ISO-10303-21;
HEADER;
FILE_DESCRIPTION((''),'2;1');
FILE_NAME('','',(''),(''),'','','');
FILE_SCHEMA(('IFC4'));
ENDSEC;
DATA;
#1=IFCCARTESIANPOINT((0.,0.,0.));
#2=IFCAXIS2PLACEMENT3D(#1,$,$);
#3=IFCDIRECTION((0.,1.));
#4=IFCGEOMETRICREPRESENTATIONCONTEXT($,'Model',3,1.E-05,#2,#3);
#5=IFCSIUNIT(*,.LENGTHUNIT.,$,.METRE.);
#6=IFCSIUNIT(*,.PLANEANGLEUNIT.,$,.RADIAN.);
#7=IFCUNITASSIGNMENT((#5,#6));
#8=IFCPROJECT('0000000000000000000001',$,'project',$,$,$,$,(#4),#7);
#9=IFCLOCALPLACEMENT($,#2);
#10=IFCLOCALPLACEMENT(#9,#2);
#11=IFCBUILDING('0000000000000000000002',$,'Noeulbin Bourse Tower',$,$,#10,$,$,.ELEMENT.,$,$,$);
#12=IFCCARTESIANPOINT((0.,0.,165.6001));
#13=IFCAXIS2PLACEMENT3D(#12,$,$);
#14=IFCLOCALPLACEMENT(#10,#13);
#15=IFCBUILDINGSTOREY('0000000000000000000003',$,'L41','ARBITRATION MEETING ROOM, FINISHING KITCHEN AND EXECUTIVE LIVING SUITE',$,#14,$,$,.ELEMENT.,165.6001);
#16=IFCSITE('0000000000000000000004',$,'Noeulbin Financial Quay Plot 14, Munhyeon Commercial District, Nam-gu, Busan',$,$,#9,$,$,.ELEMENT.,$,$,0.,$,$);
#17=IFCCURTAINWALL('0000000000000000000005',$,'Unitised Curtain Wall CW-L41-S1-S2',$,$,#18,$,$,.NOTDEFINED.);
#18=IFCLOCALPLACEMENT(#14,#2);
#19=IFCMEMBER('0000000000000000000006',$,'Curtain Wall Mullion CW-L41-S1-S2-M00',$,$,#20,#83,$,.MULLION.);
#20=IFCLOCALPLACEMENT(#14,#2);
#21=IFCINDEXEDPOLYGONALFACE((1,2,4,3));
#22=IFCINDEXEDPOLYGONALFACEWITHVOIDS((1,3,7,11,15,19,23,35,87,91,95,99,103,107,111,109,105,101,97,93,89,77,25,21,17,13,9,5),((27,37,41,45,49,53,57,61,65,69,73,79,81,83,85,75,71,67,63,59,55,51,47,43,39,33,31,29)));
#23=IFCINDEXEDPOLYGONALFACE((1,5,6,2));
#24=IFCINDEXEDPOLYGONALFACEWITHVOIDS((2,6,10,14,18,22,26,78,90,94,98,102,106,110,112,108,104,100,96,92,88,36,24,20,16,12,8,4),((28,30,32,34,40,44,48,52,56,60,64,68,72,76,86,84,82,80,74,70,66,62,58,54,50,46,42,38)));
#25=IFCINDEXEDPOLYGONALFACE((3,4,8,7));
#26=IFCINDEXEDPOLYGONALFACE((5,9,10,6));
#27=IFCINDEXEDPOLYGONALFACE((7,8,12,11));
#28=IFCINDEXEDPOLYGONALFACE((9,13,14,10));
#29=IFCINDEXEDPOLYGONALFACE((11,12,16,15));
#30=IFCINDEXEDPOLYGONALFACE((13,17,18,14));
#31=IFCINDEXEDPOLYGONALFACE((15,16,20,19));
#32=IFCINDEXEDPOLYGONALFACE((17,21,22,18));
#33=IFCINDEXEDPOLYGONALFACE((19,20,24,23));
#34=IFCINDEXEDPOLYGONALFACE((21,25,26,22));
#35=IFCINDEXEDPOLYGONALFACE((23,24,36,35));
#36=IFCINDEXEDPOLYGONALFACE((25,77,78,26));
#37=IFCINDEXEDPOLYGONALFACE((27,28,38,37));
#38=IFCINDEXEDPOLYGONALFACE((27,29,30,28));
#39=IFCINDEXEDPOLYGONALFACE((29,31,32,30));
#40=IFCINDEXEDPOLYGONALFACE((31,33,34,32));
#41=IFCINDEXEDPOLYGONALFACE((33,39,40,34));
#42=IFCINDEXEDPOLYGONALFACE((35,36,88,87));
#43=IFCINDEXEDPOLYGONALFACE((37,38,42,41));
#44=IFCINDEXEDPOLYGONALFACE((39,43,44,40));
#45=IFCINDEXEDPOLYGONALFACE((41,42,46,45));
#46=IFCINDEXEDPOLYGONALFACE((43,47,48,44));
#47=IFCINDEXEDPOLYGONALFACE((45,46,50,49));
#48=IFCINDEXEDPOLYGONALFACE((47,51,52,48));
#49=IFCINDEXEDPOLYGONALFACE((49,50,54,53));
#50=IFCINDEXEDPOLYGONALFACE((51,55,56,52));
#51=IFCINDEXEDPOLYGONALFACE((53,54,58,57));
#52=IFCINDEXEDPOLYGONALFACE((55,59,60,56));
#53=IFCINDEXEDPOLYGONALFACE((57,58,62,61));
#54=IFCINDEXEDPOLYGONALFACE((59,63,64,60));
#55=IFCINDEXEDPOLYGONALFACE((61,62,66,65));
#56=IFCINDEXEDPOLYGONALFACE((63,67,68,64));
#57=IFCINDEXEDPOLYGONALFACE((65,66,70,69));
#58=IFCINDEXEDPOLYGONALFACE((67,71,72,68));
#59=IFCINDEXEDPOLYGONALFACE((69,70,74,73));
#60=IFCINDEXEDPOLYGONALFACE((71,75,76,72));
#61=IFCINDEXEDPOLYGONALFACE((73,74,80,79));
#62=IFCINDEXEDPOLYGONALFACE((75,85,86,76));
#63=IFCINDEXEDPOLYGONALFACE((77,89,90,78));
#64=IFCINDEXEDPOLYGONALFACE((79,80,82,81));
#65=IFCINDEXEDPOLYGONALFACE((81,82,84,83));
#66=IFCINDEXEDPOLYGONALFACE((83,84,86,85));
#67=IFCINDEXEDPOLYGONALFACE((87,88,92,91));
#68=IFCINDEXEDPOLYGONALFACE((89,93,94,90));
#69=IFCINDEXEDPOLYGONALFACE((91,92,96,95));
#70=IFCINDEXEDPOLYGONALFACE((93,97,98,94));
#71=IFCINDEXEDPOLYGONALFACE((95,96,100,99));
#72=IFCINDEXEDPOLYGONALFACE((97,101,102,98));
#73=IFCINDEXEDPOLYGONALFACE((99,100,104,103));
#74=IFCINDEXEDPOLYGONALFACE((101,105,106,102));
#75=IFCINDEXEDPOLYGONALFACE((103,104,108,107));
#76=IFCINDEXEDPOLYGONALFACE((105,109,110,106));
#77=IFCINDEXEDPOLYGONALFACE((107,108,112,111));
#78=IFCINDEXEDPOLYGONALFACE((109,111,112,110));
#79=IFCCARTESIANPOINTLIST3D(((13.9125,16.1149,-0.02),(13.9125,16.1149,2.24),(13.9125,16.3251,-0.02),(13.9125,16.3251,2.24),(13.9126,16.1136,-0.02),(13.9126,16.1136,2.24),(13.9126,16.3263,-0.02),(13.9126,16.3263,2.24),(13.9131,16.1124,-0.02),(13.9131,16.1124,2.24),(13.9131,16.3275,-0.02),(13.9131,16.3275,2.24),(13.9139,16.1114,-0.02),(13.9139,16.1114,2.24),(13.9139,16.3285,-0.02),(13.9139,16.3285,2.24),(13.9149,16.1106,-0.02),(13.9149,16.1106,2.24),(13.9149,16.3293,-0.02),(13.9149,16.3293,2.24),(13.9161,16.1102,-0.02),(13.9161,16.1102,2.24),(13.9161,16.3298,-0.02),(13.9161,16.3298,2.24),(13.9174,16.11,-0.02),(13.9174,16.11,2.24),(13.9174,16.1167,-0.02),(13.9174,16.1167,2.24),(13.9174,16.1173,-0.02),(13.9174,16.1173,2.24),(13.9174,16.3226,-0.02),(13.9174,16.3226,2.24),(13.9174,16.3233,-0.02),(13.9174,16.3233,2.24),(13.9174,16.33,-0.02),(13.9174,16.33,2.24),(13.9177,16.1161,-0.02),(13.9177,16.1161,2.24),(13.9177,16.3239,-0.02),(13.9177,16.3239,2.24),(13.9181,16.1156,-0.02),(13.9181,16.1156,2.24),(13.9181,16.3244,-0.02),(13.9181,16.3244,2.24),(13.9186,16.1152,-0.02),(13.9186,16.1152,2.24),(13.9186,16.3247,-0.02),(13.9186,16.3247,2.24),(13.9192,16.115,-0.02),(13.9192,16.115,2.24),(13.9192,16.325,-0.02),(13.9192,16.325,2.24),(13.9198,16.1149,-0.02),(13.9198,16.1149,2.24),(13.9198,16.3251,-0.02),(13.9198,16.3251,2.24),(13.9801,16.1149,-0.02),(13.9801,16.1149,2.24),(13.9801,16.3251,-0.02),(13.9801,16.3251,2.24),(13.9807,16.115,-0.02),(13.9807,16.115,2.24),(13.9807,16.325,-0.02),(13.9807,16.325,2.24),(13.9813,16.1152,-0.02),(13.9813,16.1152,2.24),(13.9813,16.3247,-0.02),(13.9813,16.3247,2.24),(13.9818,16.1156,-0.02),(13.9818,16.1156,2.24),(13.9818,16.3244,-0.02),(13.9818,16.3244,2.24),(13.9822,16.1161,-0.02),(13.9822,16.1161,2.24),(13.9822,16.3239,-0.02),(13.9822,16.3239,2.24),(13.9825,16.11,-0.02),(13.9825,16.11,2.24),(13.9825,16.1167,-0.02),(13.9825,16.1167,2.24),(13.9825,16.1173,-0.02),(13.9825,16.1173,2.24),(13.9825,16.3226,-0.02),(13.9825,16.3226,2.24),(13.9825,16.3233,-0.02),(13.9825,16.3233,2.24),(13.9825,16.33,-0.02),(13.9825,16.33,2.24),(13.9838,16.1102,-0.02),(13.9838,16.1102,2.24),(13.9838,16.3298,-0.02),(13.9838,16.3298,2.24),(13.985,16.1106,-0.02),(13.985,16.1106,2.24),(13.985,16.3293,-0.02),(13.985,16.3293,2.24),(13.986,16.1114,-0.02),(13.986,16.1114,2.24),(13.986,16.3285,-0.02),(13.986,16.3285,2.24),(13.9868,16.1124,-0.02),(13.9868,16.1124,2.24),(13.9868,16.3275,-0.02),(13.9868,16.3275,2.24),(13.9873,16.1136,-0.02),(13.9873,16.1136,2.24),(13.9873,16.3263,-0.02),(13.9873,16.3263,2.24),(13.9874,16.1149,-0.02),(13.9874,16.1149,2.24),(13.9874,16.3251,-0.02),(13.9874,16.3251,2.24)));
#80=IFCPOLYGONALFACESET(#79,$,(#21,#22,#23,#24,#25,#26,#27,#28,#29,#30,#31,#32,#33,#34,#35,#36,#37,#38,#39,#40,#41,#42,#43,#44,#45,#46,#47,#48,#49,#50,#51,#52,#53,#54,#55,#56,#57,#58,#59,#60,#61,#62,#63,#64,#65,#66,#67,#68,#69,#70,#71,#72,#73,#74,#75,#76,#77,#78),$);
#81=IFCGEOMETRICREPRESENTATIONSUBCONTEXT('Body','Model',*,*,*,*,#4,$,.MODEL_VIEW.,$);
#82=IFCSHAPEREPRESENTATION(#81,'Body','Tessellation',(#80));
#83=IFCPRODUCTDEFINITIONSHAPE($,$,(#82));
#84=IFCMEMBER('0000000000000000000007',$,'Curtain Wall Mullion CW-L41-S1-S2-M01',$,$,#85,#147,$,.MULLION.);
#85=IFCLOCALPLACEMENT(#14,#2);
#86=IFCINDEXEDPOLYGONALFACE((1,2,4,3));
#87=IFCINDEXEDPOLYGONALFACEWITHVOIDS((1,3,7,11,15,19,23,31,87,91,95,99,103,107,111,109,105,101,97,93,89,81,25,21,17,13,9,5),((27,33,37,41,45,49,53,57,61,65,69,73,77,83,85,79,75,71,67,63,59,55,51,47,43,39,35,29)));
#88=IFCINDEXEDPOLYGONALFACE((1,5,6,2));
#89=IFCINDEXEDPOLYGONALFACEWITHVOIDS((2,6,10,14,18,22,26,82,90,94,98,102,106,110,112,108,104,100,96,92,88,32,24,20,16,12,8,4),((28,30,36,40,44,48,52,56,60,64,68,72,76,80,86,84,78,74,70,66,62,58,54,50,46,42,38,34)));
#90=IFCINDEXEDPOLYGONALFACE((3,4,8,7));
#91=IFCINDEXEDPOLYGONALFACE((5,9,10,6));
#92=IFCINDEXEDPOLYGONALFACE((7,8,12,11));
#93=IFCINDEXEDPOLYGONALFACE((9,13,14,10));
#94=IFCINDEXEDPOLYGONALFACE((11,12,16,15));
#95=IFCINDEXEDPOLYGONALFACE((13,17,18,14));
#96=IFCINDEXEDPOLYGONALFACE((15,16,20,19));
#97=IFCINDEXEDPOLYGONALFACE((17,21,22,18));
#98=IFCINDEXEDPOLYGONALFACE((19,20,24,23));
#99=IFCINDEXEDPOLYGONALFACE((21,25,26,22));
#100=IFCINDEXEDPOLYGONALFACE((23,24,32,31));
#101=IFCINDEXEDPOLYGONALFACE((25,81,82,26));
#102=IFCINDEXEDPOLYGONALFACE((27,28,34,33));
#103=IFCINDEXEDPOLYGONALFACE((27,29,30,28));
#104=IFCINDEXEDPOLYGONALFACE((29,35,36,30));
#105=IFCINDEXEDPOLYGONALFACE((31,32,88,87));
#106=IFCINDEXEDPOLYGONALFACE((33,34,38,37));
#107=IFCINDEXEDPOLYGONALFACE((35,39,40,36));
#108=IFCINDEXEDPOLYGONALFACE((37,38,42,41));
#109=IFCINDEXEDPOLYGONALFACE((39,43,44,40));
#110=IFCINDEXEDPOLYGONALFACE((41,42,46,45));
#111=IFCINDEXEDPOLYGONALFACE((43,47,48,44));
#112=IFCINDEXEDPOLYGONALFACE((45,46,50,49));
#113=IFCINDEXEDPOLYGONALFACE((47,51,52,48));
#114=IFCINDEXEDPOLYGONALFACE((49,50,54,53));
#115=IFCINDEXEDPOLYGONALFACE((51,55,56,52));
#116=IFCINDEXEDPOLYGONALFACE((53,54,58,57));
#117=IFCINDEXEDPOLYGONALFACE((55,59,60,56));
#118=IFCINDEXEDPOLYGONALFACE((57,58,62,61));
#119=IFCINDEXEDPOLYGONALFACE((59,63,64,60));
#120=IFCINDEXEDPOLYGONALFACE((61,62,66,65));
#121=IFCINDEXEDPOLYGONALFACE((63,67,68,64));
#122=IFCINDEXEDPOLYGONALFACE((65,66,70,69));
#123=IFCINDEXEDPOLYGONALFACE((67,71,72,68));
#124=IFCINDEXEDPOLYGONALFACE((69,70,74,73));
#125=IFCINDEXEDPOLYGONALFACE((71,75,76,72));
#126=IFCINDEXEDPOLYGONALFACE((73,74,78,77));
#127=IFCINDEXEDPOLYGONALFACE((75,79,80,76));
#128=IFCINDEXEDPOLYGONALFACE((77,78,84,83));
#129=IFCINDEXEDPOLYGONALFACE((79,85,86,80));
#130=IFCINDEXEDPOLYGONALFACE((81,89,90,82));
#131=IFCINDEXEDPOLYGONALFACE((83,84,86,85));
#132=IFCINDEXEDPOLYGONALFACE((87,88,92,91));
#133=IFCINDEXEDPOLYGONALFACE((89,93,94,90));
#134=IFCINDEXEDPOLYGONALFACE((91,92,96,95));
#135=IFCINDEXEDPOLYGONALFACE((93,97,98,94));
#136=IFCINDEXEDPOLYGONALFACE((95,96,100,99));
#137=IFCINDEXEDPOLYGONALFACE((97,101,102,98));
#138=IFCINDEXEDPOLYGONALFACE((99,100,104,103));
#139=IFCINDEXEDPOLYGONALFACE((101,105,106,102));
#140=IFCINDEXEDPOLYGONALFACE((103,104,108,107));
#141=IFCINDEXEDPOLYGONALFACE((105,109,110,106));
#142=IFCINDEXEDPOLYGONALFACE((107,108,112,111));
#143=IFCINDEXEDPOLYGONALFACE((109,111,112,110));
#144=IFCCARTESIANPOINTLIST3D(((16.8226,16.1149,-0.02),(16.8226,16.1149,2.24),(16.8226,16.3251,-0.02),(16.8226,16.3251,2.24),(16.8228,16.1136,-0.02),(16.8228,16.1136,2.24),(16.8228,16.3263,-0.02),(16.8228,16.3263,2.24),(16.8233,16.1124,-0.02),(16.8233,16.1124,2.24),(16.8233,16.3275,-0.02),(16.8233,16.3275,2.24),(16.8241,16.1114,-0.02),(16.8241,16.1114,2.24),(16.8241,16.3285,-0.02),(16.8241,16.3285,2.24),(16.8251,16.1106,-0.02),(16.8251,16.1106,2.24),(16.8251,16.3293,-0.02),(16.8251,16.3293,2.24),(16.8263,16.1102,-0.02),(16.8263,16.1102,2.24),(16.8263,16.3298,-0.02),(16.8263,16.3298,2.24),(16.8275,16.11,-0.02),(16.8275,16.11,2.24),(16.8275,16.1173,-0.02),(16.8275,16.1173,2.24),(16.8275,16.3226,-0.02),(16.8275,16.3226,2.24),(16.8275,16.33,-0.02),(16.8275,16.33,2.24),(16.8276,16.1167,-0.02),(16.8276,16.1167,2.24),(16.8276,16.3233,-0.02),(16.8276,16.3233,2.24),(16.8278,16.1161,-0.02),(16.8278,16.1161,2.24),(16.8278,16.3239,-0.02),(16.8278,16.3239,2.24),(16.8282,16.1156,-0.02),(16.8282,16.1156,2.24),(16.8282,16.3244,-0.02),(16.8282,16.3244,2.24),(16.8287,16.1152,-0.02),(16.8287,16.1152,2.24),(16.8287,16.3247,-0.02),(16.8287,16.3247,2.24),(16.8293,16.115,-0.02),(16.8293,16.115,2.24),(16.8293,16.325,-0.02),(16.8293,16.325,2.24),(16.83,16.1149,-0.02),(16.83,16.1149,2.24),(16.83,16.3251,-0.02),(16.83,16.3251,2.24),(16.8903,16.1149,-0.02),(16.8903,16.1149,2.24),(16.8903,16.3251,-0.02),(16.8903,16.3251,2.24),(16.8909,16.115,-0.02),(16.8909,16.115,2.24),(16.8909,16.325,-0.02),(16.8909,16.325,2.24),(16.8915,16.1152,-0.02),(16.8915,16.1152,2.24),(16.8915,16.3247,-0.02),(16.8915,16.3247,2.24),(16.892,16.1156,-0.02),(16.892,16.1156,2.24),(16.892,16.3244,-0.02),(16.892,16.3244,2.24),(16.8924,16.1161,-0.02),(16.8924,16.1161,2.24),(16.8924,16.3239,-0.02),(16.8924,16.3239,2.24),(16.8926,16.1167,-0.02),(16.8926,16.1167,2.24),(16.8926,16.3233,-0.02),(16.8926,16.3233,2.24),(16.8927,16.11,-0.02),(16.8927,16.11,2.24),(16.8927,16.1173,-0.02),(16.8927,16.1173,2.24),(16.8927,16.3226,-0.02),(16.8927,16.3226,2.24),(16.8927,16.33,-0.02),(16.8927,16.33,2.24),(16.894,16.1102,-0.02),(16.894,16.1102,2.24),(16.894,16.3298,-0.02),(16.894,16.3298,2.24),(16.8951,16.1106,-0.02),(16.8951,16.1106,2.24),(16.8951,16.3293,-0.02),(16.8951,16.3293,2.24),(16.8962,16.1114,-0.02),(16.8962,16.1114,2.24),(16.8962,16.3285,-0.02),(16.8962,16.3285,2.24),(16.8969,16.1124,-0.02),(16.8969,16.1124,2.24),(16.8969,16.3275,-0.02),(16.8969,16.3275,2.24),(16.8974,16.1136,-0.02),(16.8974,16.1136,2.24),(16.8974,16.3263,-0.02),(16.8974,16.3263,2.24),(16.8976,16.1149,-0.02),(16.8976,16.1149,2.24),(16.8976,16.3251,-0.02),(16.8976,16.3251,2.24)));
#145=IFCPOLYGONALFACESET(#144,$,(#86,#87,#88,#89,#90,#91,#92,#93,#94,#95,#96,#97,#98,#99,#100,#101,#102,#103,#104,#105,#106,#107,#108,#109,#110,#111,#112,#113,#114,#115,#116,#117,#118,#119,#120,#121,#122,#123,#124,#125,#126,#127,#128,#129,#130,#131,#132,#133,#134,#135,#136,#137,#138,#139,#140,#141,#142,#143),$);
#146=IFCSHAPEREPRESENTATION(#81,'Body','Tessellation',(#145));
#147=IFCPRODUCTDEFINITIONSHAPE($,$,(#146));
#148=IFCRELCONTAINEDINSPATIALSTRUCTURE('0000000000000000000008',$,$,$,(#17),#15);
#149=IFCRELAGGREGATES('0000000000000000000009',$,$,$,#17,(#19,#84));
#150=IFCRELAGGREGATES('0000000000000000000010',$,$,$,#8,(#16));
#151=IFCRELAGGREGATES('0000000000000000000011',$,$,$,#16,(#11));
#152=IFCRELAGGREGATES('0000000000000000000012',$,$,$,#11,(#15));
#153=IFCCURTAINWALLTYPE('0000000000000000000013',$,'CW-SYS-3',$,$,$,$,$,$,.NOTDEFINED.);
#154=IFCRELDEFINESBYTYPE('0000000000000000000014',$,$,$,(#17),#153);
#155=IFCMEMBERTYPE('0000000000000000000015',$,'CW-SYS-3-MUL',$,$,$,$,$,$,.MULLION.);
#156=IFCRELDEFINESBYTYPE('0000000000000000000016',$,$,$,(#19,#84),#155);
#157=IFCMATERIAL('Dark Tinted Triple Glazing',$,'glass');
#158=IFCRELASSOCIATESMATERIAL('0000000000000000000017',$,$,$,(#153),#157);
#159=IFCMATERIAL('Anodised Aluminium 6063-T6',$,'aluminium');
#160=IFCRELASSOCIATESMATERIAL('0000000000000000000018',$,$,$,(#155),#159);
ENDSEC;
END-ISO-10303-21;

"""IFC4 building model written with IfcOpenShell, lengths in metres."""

from ifc_helpers import new_model, si_unit, direction, frame, origin, origin_2d, place, context, subcontext, project, spatial, hollow_rectangle, extrude, material, material_profile, profile_set, type_object, element, aggregate, save


model = new_model("IFC4")

# Units and contexts
model_context = context("Model", 3, precision=1e-05, world=origin(), true_north=direction((0.0, 1.0)))
body_context = subcontext(model_context, "Body", "Model", "MODEL_VIEW")
ifc_project = project(units=[si_unit("LENGTHUNIT", "METRE"), si_unit("PLANEANGLEUNIT", "RADIAN")], contexts=[model_context])

# Site, building, storey
site_placement = place(None, origin())
site = spatial("IfcSite", under=ifc_project, at=site_placement, Name="Noeulbin Financial Quay Plot 14, Munhyeon Commercial District, Nam-gu, Busan", CompositionType="ELEMENT", RefElevation=0.0)
building_placement = place(site_placement, origin())
building = spatial("IfcBuilding", under=site, at=building_placement, Name="Noeulbin Bourse Tower", CompositionType="ELEMENT")
storey_placement = place(building_placement, frame((0.0, 0.0, 165.6001)))
storey = spatial("IfcBuildingStorey", under=building, at=storey_placement, Name="L41", Description="ARBITRATION MEETING ROOM, FINISHING KITCHEN AND EXECUTIVE LIVING SUITE", CompositionType="ELEMENT", Elevation=165.6001)

# Curtain wall, members
ifc_material_1 = material(Name="Dark Tinted Triple Glazing", Category="glass")
curtain_wall_type = type_object("IfcCurtainWallType", Name="CW-SYS-3", PredefinedType="NOTDEFINED", material=ifc_material_1)
ifc_material_2 = material(Name="Anodised Aluminium 6063-T6", Category="aluminium")
ifc_material_profile_1 = material_profile(ifc_material_2, hollow_rectangle(XDim=0.075, YDim=0.22, WallThickness=0.0049, InnerFilletRadius=0.0024, OuterFilletRadius=0.0049, at=origin_2d()), Name="ALU-MULL-75x220x5", Category="LoadBearing")
ifc_profile_set_1 = profile_set([ifc_material_profile_1], Name="Anodised Aluminium 6063-T6")
member_type_1 = type_object("IfcMemberType", Name="CW-SYS-3-MUL", PredefinedType="MULLION", material=ifc_profile_set_1)
curtain_wall_1_placement = place(storey_placement, origin())
curtain_wall_1 = element("IfcCurtainWall", 1, at=curtain_wall_1_placement, inside=storey, type_object=curtain_wall_type, Name="Unitised Curtain Wall CW-L41-S1-S2", PredefinedType="NOTDEFINED")
member_1_placement = place(storey_placement, frame((13.95, 16.22, -0.02), z_axis=(0.0, 0.0, 1.0), x_axis=(1.0, 0.0, 0.0)))
member_1 = element("IfcMember", 2, at=member_1_placement, type_object=member_type_1, Name="Curtain Wall Mullion CW-L41-S1-S2-M00", PredefinedType="MULLION", context=body_context, shape_type="SweptSolid", body=[
    extrude(hollow_rectangle(XDim=0.075, YDim=0.22, WallThickness=0.0049, InnerFilletRadius=0.0024, OuterFilletRadius=0.0049, at=origin_2d()), origin(), (0.0, 0.0, 1.0), 2.26),
])
member_2_placement = place(storey_placement, frame((16.8601, 16.22, -0.02), z_axis=(0.0, 0.0, 1.0), x_axis=(1.0, 0.0, 0.0)))
member_2 = element("IfcMember", 3, at=member_2_placement, type_object=member_type_1, Name="Curtain Wall Mullion CW-L41-S1-S2-M01", PredefinedType="MULLION", context=body_context, shape_type="SweptSolid", body=[
    extrude(hollow_rectangle(XDim=0.075, YDim=0.22, WallThickness=0.0049, InnerFilletRadius=0.0024, OuterFilletRadius=0.0049, at=origin_2d()), origin(), (0.0, 0.0, 1.0), 2.26),
])

aggregate(curtain_wall_1, [member_1, member_2])

save(model, "model.ifc")
